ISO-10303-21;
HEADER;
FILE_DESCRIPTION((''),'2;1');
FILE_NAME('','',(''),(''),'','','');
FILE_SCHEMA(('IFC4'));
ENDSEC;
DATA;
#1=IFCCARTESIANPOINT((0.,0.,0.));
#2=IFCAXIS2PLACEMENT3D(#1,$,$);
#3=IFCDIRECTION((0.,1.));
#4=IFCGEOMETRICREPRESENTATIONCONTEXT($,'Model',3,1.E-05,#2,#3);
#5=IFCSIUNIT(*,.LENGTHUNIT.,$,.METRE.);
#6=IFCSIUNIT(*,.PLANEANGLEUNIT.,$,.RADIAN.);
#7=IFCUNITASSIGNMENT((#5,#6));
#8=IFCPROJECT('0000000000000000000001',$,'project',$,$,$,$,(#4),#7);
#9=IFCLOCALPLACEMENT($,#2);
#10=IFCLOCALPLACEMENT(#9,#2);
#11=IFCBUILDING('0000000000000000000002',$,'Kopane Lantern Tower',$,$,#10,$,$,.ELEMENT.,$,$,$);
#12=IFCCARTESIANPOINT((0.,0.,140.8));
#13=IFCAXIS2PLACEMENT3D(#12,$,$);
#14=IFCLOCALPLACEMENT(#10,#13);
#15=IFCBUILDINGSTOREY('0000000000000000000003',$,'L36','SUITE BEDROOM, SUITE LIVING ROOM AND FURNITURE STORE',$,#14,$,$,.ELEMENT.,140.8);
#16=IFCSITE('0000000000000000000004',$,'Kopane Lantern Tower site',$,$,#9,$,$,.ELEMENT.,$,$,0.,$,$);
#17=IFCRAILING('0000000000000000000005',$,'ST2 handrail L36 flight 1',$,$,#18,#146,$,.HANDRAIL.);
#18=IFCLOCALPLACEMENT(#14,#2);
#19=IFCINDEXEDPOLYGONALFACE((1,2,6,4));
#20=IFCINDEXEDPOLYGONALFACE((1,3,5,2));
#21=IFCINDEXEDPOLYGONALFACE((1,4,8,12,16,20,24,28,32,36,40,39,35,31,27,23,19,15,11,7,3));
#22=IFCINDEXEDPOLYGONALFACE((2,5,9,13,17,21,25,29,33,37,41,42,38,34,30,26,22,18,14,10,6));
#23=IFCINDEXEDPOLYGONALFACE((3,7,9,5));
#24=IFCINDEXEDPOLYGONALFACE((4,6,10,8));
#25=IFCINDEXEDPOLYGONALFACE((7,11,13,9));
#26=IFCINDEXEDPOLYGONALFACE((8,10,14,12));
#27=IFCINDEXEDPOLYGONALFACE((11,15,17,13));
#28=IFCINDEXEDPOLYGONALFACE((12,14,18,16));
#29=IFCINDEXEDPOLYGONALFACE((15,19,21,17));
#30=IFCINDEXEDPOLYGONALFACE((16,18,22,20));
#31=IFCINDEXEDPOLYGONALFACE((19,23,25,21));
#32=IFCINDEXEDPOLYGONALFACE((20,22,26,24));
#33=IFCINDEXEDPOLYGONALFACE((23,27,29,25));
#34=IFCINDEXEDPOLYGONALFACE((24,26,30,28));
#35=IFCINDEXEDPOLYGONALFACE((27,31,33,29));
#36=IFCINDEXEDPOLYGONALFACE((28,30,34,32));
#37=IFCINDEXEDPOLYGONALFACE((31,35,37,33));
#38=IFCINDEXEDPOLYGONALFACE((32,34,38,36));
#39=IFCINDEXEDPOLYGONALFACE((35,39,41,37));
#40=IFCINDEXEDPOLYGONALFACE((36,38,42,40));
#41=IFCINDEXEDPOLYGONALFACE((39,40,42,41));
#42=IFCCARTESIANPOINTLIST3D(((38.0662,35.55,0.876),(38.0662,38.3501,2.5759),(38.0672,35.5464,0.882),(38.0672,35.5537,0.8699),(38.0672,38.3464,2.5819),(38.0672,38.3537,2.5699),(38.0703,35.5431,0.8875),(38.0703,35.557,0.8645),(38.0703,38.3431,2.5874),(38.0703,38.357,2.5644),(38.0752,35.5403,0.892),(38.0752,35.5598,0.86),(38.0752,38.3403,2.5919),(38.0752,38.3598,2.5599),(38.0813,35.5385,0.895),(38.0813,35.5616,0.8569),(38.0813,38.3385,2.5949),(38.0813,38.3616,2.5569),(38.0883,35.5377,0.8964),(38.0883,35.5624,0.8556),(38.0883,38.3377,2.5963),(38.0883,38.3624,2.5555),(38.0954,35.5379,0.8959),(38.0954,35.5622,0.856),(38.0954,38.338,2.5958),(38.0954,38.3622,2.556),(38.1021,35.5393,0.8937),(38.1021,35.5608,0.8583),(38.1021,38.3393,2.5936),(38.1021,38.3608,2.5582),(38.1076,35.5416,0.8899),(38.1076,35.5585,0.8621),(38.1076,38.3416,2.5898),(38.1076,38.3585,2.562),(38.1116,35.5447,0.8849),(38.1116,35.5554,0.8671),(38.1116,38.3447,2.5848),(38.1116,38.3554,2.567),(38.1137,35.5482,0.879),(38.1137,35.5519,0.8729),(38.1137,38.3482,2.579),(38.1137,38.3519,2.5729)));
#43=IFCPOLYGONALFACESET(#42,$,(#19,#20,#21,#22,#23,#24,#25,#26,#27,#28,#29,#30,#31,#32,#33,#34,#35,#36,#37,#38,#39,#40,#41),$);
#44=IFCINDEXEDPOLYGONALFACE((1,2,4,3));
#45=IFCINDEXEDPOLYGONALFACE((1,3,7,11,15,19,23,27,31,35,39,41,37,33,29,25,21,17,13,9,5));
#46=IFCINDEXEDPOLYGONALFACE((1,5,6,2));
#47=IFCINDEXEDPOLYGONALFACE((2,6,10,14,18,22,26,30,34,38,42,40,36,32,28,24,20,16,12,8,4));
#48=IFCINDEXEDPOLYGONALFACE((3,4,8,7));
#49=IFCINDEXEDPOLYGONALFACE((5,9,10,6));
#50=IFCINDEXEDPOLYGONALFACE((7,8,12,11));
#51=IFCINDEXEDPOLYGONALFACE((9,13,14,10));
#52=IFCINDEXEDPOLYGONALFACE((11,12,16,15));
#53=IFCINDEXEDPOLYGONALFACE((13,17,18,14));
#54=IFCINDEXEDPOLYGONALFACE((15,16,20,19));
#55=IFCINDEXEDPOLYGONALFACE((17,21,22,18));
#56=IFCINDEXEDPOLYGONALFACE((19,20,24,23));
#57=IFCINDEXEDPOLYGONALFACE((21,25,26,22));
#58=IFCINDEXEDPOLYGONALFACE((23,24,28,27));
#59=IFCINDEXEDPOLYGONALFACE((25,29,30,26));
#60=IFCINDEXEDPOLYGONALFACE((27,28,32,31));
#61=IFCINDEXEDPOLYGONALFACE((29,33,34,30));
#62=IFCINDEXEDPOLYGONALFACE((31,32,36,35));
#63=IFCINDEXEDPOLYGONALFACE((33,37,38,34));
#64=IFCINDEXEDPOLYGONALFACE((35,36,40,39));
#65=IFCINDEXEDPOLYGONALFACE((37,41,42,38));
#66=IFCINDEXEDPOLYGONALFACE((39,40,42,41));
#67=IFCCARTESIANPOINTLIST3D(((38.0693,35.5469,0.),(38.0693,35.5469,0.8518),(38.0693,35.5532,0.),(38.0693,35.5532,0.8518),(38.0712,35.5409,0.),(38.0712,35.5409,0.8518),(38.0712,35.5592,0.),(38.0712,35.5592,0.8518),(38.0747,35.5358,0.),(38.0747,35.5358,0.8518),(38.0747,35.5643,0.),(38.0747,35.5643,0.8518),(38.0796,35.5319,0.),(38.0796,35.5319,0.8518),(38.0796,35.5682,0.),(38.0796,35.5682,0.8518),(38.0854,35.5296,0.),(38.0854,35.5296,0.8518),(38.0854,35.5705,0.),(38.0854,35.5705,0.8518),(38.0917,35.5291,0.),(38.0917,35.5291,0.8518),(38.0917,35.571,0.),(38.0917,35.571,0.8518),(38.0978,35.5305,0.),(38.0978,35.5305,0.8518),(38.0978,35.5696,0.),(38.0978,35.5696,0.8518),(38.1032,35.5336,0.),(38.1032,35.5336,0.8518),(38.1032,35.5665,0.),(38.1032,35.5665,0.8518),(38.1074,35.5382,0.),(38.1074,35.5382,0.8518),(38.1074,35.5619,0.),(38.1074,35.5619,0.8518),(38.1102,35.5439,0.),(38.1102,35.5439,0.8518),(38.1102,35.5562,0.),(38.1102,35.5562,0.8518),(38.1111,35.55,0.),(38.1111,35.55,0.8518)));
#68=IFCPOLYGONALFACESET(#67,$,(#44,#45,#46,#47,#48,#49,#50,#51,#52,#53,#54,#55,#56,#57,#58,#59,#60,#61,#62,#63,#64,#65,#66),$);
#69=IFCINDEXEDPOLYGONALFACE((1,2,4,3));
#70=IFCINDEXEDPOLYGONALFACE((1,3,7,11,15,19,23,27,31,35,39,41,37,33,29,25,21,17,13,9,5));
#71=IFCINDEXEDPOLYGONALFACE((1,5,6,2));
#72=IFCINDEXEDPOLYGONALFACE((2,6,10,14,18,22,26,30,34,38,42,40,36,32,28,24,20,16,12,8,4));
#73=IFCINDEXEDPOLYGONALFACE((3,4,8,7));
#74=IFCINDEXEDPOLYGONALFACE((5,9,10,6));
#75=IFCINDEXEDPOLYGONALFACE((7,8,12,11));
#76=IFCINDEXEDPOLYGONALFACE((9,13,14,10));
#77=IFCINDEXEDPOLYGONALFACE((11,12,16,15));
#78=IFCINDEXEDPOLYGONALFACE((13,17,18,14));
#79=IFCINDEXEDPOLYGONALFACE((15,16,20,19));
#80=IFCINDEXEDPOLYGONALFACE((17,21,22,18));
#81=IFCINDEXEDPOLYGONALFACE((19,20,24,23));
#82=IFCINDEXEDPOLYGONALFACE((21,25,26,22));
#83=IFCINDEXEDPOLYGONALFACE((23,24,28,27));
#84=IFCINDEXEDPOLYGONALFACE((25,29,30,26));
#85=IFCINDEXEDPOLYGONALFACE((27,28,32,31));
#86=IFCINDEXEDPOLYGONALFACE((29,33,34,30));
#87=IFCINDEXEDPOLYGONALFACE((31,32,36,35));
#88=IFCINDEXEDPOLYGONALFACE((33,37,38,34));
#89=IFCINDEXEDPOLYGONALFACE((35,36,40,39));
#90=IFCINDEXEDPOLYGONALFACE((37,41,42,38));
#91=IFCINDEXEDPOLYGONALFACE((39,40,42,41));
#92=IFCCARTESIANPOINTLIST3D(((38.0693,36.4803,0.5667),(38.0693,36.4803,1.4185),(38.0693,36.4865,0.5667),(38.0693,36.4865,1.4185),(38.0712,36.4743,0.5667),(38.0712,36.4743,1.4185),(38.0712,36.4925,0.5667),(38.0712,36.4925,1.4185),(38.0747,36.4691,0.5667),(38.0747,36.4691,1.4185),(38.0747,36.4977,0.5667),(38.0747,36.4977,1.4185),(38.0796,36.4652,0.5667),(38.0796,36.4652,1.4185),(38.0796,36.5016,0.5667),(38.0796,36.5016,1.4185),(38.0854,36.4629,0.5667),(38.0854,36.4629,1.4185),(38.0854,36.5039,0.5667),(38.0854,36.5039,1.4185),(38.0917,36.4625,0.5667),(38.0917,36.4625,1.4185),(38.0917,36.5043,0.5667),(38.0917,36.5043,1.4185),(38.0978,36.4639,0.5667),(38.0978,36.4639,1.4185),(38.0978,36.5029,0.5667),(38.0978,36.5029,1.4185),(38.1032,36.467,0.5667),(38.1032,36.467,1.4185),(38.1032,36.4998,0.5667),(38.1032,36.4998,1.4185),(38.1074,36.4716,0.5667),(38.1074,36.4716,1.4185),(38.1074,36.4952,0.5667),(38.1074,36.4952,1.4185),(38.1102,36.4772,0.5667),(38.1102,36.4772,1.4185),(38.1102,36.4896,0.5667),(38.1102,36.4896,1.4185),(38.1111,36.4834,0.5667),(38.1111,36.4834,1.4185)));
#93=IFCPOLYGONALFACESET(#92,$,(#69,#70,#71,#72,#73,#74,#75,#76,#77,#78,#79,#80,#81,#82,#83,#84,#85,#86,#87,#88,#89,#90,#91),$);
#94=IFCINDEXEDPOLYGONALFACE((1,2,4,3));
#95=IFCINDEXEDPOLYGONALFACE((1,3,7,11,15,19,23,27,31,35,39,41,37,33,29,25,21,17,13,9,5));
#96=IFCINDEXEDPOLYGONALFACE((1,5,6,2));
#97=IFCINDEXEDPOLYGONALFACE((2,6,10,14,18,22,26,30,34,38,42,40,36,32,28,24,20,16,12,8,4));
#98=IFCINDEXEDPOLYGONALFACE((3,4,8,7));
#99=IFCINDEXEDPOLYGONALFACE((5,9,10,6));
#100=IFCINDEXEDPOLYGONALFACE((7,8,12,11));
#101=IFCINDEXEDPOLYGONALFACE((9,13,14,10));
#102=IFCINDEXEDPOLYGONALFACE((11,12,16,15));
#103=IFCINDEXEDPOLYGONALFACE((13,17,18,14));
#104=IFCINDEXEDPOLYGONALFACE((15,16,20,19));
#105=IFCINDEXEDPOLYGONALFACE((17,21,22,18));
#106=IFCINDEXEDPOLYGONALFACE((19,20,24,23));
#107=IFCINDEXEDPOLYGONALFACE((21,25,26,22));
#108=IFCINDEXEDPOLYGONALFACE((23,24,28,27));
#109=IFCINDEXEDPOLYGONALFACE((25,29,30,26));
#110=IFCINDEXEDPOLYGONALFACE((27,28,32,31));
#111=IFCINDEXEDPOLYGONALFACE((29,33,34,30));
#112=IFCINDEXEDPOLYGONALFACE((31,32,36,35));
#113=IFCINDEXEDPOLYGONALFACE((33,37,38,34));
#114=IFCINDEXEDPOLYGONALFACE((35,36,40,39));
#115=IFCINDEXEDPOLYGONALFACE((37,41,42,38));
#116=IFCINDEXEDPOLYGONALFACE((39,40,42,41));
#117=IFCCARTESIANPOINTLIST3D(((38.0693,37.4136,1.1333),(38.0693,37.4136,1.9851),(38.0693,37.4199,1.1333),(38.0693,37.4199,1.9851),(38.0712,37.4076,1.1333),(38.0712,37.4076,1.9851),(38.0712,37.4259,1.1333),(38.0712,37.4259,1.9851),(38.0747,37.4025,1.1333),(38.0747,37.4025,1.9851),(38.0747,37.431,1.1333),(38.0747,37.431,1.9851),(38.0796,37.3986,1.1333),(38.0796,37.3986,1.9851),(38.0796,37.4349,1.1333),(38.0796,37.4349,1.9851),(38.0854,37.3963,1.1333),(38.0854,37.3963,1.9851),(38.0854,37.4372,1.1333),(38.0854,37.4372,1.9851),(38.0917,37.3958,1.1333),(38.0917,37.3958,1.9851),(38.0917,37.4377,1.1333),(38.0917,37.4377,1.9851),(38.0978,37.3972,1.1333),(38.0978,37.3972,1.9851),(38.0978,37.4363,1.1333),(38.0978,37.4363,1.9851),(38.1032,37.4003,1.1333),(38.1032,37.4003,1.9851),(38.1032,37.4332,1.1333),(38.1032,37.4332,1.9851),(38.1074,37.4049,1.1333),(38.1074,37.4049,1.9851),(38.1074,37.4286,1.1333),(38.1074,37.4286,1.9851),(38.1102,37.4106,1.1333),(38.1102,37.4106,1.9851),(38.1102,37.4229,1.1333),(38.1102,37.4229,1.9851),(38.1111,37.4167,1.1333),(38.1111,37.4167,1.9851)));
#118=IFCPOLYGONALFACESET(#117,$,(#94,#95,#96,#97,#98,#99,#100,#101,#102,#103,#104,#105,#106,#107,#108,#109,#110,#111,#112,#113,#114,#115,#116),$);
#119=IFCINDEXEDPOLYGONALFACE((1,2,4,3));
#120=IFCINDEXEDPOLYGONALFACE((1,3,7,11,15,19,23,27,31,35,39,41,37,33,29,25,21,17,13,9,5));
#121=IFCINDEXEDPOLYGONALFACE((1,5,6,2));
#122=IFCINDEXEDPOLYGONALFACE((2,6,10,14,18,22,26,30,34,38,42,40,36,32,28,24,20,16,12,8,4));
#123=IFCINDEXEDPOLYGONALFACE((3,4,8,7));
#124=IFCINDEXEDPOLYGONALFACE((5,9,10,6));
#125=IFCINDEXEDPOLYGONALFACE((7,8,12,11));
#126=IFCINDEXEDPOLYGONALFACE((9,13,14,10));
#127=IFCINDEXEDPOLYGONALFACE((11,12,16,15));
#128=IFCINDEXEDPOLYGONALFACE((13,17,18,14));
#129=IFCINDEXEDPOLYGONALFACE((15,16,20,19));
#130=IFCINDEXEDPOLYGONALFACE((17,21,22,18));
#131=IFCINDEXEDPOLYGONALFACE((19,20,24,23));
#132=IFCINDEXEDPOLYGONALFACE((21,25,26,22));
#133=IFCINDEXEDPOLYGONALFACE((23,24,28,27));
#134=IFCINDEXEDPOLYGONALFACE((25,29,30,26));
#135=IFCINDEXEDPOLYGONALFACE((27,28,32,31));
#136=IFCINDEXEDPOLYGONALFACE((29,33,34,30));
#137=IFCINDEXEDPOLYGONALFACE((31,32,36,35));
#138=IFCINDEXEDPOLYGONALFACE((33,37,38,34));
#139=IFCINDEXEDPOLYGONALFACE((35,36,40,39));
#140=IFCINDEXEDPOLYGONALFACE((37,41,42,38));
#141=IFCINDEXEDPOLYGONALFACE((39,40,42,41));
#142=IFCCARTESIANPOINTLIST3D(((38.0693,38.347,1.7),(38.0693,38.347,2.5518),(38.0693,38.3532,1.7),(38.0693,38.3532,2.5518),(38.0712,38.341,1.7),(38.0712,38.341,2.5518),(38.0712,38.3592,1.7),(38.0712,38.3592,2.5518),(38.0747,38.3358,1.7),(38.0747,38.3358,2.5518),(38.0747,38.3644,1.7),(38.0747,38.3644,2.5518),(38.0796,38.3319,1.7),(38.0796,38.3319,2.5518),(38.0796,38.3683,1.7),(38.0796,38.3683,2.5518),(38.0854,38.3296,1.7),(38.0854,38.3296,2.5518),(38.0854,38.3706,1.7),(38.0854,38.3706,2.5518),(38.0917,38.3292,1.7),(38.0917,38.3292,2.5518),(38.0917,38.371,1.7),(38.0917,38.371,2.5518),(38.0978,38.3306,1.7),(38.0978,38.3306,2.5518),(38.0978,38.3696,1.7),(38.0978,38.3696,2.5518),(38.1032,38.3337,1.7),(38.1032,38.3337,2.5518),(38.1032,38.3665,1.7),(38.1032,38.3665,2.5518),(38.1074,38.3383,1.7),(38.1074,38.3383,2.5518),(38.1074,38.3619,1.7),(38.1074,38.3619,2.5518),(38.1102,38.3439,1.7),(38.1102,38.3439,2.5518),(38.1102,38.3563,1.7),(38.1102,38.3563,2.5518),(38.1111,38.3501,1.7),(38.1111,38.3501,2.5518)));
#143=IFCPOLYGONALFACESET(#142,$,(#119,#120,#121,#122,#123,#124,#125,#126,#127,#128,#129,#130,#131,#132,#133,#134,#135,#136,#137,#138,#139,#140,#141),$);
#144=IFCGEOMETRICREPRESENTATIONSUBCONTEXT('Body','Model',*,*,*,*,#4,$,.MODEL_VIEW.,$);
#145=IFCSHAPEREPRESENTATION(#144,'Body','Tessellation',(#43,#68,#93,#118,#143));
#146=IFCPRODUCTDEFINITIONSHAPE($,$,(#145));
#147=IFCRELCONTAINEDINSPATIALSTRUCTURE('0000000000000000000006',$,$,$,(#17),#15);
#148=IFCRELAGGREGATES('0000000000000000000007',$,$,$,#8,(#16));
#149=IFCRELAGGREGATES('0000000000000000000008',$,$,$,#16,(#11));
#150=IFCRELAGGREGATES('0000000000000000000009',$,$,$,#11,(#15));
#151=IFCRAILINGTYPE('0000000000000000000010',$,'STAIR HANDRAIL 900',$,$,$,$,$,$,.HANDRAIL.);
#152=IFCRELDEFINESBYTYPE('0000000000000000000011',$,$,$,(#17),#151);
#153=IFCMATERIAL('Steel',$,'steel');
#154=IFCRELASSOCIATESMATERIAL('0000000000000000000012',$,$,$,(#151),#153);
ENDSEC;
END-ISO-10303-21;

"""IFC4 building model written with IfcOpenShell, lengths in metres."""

from ifc_helpers import new_model, si_unit, direction, frame, origin, origin_2d, place, context, subcontext, project, spatial, circle, extrude, material, type_object, element, save


model = new_model("IFC4")

# Units and contexts
model_context = context("Model", 3, precision=1e-05, world=origin(), true_north=direction((0.0, 1.0)))
body_context = subcontext(model_context, "Body", "Model", "MODEL_VIEW")
ifc_project = project(units=[si_unit("LENGTHUNIT", "METRE"), si_unit("PLANEANGLEUNIT", "RADIAN")], contexts=[model_context])

# Site, building, storey
site_placement = place(None, origin())
site = spatial("IfcSite", under=ifc_project, at=site_placement, Name="Kopane Lantern Tower site", CompositionType="ELEMENT", RefElevation=0.0)
building_placement = place(site_placement, origin())
building = spatial("IfcBuilding", under=site, at=building_placement, Name="Kopane Lantern Tower", CompositionType="ELEMENT")
storey_placement = place(building_placement, frame((0.0, 0.0, 140.8)))
storey = spatial("IfcBuildingStorey", under=building, at=storey_placement, Name="L36", Description="SUITE BEDROOM, SUITE LIVING ROOM AND FURNITURE STORE", CompositionType="ELEMENT", Elevation=140.8)

# Railing
ifc_material_1 = material(Name="Steel", Category="steel")
railing_type_1 = type_object("IfcRailingType", Name="STAIR HANDRAIL 900", PredefinedType="HANDRAIL", material=ifc_material_1)
for number, where, name in (
    (1, (38.0901, 35.55, 0.0), "ST2 handrail L36 flight 1"),
):
    element("IfcRailing", number, at=place(storey_placement, frame(where)), inside=storey, type_object=railing_type_1, Name=name, PredefinedType="HANDRAIL", context=body_context, shape_type="SweptSolid", body=[
        extrude(circle(Radius=0.0239, at=origin_2d()), frame((0.0, 0.0, 0.876), z_axis=(0.0, 0.854798, 0.518961), x_axis=(-1.0, 0.0, 0.0)), (0.0, 0.0, 1.0), 3.2756),
        extrude(circle(Radius=0.021, at=origin_2d()), origin(), (0.0, 0.0, 1.0), 0.8518),
        extrude(circle(Radius=0.021, at=origin_2d()), frame((0.0, 0.9333, 0.5667)), (0.0, 0.0, 1.0), 0.8518),
        extrude(circle(Radius=0.021, at=origin_2d()), frame((0.0, 1.8667, 1.1333)), (0.0, 0.0, 1.0), 0.8518),
        extrude(circle(Radius=0.021, at=origin_2d()), frame((0.0, 2.8, 1.7)), (0.0, 0.0, 1.0), 0.8518),
    ])

save(model, "model.ifc")
